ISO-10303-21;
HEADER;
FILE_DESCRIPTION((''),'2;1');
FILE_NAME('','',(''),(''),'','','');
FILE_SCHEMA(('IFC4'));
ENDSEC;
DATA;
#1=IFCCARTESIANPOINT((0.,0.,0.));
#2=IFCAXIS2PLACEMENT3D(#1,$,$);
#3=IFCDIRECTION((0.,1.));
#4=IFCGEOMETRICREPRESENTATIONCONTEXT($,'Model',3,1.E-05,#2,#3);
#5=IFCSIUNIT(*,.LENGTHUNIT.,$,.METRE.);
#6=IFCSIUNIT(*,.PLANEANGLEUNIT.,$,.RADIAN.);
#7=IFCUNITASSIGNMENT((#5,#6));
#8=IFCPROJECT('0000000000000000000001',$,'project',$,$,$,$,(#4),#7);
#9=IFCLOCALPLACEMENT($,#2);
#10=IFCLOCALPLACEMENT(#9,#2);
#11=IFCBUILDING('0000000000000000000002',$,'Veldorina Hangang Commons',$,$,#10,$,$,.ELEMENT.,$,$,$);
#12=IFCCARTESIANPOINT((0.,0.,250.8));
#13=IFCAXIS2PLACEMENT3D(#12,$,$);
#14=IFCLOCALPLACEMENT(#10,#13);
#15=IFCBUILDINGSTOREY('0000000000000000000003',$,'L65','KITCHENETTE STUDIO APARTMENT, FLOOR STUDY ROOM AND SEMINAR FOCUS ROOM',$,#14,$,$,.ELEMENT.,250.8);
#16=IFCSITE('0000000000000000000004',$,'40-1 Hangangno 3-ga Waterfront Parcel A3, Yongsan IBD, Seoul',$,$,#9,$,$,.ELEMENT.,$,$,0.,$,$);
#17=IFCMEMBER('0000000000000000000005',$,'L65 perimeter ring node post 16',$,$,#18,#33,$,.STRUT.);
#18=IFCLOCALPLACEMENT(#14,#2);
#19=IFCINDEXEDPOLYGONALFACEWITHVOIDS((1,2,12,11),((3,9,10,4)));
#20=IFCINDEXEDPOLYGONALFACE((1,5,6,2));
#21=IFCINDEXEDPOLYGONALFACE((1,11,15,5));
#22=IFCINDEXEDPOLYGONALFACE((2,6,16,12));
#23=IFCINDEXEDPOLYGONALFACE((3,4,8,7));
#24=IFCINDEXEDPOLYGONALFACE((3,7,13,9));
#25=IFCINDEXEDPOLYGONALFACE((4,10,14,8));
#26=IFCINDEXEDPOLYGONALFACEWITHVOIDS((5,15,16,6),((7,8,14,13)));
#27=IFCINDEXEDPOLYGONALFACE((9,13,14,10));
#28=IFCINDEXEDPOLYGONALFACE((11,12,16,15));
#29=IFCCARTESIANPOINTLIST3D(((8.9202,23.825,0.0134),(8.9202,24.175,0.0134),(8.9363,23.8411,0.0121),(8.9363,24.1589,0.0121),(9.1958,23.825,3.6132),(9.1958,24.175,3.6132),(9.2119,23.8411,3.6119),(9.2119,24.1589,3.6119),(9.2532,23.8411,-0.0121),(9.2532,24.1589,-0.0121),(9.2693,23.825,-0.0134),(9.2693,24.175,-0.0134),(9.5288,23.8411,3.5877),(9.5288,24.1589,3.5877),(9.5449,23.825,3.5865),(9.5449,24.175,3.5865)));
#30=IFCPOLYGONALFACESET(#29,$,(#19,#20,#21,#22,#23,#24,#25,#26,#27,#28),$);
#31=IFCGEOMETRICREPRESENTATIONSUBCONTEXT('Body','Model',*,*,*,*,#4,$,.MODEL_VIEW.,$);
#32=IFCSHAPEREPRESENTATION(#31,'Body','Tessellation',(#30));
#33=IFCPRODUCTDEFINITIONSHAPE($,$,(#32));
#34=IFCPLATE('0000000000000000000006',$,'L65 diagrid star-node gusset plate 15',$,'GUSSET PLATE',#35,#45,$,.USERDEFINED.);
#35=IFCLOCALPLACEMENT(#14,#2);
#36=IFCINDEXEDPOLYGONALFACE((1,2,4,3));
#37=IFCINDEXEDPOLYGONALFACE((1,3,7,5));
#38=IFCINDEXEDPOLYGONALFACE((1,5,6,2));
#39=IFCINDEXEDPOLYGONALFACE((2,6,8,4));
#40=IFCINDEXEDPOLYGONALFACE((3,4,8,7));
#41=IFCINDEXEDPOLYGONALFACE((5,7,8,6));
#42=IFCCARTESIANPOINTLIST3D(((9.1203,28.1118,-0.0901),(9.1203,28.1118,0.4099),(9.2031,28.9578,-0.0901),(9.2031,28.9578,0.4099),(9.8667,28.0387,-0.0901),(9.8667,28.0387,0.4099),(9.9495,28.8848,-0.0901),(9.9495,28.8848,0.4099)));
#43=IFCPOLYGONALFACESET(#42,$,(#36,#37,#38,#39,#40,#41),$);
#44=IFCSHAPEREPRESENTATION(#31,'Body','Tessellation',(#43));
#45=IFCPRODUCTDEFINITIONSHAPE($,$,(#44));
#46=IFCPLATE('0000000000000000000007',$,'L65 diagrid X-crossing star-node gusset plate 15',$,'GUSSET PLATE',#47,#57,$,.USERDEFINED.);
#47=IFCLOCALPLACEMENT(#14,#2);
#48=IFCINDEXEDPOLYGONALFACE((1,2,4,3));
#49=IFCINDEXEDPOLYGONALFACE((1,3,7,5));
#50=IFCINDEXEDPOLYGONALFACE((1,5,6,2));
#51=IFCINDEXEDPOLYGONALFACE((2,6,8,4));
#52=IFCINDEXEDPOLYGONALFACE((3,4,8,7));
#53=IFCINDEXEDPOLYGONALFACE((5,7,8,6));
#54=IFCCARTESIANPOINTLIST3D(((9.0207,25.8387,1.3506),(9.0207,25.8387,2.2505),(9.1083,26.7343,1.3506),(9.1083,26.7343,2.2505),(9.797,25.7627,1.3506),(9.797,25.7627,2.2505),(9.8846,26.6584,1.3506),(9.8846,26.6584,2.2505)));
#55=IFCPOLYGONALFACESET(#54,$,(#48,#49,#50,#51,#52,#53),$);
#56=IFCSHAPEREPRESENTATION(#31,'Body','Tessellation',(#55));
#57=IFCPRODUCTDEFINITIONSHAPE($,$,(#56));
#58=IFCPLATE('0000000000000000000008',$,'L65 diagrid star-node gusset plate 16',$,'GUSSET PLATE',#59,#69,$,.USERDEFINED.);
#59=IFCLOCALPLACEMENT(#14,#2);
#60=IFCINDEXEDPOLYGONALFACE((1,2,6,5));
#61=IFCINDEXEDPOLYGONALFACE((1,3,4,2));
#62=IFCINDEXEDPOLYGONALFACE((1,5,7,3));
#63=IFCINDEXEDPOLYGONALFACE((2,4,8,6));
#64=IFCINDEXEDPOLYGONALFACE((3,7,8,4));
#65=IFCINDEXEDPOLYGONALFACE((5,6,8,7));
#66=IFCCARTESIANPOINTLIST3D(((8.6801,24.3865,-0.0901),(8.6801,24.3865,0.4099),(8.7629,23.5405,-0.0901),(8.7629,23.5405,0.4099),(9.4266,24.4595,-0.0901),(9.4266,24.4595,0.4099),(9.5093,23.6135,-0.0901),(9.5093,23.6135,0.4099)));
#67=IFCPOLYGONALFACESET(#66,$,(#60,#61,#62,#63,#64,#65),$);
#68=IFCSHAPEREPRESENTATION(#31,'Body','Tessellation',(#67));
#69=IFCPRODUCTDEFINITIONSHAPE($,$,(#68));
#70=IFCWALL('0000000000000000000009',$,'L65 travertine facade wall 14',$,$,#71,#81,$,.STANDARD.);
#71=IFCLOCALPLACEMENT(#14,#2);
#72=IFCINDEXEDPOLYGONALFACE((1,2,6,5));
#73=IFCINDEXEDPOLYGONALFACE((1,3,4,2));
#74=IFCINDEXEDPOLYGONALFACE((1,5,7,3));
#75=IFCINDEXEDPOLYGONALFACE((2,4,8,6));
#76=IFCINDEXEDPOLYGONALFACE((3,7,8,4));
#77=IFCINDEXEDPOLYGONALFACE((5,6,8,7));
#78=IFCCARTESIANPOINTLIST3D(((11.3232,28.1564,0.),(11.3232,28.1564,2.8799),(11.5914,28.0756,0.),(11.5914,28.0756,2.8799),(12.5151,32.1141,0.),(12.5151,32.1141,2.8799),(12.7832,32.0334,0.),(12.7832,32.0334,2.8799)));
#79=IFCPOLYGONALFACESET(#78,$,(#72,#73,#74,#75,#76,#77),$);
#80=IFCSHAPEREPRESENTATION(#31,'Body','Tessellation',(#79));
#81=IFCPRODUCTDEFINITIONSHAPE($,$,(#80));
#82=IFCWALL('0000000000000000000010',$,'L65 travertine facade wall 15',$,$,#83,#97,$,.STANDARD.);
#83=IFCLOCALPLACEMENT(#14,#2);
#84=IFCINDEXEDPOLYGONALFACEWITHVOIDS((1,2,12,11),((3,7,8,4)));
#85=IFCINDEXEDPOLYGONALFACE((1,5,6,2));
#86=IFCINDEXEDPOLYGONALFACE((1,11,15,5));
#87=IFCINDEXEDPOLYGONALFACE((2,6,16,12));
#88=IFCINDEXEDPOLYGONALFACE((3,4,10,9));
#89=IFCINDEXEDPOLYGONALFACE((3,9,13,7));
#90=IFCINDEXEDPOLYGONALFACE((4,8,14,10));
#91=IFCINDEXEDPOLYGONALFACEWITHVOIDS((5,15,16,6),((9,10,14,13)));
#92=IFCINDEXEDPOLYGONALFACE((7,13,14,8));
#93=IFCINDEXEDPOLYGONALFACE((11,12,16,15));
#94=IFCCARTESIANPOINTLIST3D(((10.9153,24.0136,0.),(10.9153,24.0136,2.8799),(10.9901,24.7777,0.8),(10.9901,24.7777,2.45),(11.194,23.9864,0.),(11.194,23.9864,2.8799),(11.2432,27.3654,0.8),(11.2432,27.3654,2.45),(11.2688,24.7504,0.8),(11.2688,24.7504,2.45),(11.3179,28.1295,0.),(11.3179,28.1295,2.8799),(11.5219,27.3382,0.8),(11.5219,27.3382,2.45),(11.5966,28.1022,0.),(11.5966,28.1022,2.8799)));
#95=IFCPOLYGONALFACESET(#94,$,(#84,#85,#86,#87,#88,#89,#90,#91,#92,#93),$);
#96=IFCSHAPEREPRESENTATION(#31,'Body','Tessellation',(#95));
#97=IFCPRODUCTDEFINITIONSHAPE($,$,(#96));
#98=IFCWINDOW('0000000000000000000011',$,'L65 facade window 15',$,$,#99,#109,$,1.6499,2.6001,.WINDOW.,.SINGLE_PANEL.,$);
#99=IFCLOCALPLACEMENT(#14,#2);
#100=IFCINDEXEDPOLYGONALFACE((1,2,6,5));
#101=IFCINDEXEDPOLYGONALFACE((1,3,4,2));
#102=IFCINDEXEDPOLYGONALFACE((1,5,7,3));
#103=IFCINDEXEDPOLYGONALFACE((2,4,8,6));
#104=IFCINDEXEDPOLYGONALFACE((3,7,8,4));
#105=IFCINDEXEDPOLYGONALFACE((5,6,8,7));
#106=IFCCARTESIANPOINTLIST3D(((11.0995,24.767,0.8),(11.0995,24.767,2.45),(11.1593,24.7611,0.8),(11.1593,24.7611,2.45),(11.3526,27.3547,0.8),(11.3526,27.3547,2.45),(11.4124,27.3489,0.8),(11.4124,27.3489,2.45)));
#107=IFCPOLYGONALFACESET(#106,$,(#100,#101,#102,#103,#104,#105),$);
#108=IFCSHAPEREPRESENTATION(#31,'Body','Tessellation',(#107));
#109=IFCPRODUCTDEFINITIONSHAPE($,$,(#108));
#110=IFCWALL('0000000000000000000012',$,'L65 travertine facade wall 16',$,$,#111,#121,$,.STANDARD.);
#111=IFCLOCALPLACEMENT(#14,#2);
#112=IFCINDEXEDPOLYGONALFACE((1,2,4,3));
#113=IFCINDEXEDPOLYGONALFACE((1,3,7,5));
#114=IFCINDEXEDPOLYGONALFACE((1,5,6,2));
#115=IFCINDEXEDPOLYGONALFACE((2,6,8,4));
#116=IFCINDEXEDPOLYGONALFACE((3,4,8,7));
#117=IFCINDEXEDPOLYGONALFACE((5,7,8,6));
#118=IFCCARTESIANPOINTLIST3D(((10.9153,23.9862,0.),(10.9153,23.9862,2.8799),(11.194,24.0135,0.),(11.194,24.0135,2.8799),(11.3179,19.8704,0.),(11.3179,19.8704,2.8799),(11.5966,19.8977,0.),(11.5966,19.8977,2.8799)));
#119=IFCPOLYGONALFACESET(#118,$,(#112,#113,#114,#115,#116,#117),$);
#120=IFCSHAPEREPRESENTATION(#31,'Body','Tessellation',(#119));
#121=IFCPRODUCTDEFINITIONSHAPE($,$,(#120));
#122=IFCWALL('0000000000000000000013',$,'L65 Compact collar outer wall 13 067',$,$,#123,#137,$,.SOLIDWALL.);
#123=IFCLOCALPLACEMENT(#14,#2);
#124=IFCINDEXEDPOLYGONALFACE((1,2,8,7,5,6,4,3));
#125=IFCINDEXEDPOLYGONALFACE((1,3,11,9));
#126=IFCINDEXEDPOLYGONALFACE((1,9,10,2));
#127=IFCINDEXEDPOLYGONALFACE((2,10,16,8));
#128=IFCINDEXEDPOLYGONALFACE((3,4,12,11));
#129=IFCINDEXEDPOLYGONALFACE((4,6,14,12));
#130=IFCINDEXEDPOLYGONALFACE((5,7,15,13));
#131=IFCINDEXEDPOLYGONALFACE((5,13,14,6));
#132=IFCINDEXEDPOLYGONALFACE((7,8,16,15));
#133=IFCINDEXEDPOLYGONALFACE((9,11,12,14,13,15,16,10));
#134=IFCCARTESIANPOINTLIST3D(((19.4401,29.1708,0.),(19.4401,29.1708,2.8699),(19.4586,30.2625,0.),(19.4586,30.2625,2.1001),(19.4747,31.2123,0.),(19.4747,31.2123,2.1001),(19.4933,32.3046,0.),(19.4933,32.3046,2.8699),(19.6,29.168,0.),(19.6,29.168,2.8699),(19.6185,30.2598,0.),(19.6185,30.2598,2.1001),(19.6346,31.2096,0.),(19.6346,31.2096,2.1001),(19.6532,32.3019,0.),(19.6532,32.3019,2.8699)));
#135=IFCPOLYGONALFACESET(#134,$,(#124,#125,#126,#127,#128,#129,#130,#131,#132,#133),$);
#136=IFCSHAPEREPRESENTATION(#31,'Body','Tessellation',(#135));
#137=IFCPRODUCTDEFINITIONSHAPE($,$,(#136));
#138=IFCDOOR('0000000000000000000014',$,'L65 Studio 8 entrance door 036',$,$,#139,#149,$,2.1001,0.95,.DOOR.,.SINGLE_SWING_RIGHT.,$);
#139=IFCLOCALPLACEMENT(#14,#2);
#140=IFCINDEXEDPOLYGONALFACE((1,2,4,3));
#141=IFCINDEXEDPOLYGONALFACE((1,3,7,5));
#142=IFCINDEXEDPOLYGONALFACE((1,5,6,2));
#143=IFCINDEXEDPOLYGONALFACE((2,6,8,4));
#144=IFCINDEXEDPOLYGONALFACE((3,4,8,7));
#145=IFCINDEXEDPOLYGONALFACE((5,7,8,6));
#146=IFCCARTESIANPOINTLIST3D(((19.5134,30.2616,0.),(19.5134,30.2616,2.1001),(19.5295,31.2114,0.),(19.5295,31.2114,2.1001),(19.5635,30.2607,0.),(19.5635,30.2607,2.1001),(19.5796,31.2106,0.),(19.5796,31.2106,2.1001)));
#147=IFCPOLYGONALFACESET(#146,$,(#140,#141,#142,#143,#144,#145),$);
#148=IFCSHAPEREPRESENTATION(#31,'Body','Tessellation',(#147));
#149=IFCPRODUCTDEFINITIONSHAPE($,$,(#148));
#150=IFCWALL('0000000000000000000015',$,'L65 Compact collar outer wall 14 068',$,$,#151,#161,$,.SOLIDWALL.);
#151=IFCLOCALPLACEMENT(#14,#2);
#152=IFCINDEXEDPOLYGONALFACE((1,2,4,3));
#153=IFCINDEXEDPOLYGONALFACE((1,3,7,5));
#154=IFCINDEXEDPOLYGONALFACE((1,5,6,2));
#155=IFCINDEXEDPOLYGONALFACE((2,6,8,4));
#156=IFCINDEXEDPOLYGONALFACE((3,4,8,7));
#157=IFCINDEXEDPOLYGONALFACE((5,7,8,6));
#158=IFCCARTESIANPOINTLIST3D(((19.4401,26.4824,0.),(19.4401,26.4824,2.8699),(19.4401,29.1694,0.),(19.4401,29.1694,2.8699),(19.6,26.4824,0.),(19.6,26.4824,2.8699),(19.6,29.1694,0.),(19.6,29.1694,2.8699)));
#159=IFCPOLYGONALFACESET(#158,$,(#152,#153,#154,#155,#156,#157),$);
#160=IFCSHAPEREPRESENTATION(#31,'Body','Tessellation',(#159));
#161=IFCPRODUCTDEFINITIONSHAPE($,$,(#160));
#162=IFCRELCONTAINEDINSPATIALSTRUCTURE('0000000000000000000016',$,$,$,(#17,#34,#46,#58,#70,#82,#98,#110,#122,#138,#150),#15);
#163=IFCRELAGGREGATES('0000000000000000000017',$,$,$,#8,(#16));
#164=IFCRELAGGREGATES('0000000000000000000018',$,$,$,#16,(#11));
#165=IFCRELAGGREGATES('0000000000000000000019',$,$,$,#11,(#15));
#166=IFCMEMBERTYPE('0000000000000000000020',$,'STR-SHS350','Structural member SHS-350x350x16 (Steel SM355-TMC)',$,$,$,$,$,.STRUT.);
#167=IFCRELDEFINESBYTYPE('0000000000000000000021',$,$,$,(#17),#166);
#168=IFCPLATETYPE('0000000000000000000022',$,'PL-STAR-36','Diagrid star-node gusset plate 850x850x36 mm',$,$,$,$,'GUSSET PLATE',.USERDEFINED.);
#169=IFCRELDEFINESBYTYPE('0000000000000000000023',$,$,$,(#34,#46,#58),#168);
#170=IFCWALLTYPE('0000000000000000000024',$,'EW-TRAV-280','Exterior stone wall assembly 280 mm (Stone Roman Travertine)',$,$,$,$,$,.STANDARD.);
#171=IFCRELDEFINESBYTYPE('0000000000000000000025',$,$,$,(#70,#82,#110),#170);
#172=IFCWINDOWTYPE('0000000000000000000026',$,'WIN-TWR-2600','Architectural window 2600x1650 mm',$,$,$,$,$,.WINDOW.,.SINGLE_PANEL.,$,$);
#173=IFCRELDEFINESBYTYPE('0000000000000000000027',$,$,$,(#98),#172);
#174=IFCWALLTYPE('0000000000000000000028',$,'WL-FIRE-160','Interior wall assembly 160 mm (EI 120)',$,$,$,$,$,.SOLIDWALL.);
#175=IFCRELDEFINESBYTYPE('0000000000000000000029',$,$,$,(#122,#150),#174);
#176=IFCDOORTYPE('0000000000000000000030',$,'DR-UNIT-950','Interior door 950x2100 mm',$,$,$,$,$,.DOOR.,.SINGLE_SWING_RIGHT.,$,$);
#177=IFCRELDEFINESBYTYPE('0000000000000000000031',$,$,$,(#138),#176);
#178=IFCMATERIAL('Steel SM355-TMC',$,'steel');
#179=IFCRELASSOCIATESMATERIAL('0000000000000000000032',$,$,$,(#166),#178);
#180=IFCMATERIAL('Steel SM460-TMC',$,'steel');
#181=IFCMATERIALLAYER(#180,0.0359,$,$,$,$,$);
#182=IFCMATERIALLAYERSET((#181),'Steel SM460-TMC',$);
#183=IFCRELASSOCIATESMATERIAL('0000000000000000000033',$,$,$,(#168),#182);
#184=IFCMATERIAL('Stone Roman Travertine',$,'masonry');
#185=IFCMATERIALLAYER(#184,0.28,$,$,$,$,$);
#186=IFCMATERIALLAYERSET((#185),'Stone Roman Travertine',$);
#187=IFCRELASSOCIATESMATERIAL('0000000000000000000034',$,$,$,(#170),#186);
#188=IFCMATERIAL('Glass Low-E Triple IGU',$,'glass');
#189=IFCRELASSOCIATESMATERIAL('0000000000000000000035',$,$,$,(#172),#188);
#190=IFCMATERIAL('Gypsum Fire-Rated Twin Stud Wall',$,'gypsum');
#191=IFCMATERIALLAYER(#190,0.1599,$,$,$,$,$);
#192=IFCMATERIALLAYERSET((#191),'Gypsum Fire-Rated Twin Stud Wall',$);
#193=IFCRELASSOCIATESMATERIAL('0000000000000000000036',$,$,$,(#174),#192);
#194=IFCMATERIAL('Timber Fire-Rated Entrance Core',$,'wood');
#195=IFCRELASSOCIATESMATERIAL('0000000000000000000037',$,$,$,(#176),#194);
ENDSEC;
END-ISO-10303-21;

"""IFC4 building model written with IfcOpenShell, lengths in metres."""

from ifc_helpers import new_model, si_unit, direction, frame, frame_2d, origin, origin_2d, place, context, subcontext, project, spatial, rectangle, hollow_rectangle, extrude, material, layer, layer_set, material_profile, profile_set, type_object, element, fill, save


model = new_model("IFC4")

# Units and contexts
model_context = context("Model", 3, precision=1e-05, world=origin(), true_north=direction((0.0, 1.0)))
body_context = subcontext(model_context, "Body", "Model", "MODEL_VIEW")
ifc_project = project(units=[si_unit("LENGTHUNIT", "METRE"), si_unit("PLANEANGLEUNIT", "RADIAN")], contexts=[model_context])

# Site, building, storey
site_placement = place(None, origin())
site = spatial("IfcSite", under=ifc_project, at=site_placement, Name="40-1 Hangangno 3-ga Waterfront Parcel A3, Yongsan IBD, Seoul", CompositionType="ELEMENT", RefElevation=0.0)
building_placement = place(site_placement, origin())
building = spatial("IfcBuilding", under=site, at=building_placement, Name="Veldorina Hangang Commons", CompositionType="ELEMENT")
storey_placement = place(building_placement, frame((0.0, 0.0, 250.8)))
storey = spatial("IfcBuildingStorey", under=building, at=storey_placement, Name="L65", Description="KITCHENETTE STUDIO APARTMENT, FLOOR STUDY ROOM AND SEMINAR FOCUS ROOM", CompositionType="ELEMENT", Elevation=250.8)

# Shared definitions
ifc_material_1 = material(Name="Steel SM355-TMC", Category="steel")

# Member
ifc_material_profile_1 = material_profile(ifc_material_1, hollow_rectangle(XDim=0.3501, YDim=0.3501, WallThickness=0.0161, at=origin_2d()), Name="SHS-350x350x16")
ifc_profile_set_1 = profile_set([ifc_material_profile_1], Name="Steel SM355-TMC")
member_type_1 = type_object("IfcMemberType", Name="STR-SHS350", Description="Structural member SHS-350x350x16 (Steel SM355-TMC)", PredefinedType="STRUT", material=ifc_profile_set_1)
member_1_placement = place(storey_placement, frame((9.0947, 24.0, 0.0), z_axis=(0.076345, 0.0, 0.997081), x_axis=(0.0, 1.0, 0.0)))
element("IfcMember", 1, at=member_1_placement, inside=storey, type_object=member_type_1, Name="L65 perimeter ring node post 16", PredefinedType="STRUT", context=body_context, shape_type="SweptSolid", body=[
    extrude(hollow_rectangle(XDim=0.3501, YDim=0.3501, WallThickness=0.0161, at=origin_2d()), origin(), (0.0, 0.0, 1.0), 3.6104),
])

# Plates
ifc_material_2 = material(Name="Steel SM460-TMC", Category="steel")
ifc_layer_1 = layer(ifc_material_2, 0.0359)
ifc_layer_set_1 = layer_set([ifc_layer_1], Name="Steel SM460-TMC")
plate_type = type_object("IfcPlateType", Name="PL-STAR-36", Description="Diagrid star-node gusset plate 850x850x36 mm", ElementType="GUSSET PLATE", PredefinedType="USERDEFINED", material=ifc_layer_set_1)
plate_1_placement = place(storey_placement, frame((9.5349, 28.4983, -0.0901), z_axis=(0.0, 0.0, 1.0), x_axis=(-0.097374, -0.995248, 0.0)))
element("IfcPlate", 2, at=plate_1_placement, inside=storey, type_object=plate_type, Name="L65 diagrid star-node gusset plate 15", ObjectType="GUSSET PLATE", PredefinedType="USERDEFINED", context=body_context, shape_type="SweptSolid", body=[
    extrude(rectangle(XDim=0.8501, YDim=0.75, at=origin_2d()), origin(), (0.0, 0.0, 1.0), 0.5),
])
plate_2_placement = place(storey_placement, frame((9.4526, 26.2485, 1.3506), z_axis=(0.0, 0.0, 1.0), x_axis=(-0.097374, -0.995248, 0.0)))
element("IfcPlate", 3, at=plate_2_placement, inside=storey, type_object=plate_type, Name="L65 diagrid X-crossing star-node gusset plate 15", ObjectType="GUSSET PLATE", PredefinedType="USERDEFINED", context=body_context, shape_type="SweptSolid", body=[
    extrude(rectangle(XDim=0.8999, YDim=0.78, at=origin_2d()), origin(), (0.0, 0.0, 1.0), 0.8999),
])
plate_3_placement = place(storey_placement, frame((9.0947, 24.0, -0.0901), z_axis=(0.0, 0.0, 1.0), x_axis=(0.097374, -0.995248, 0.0)))
element("IfcPlate", 4, at=plate_3_placement, inside=storey, type_object=plate_type, Name="L65 diagrid star-node gusset plate 16", ObjectType="GUSSET PLATE", PredefinedType="USERDEFINED", context=body_context, shape_type="SweptSolid", body=[
    extrude(rectangle(XDim=0.8501, YDim=0.75, at=origin_2d()), origin(), (0.0, 0.0, 1.0), 0.5),
])

# Wall
ifc_material_3 = material(Name="Stone Roman Travertine", Category="masonry")
ifc_layer_2 = layer(ifc_material_3, 0.28)
ifc_layer_set_2 = layer_set([ifc_layer_2], Name="Stone Roman Travertine")
wall_type_1 = type_object("IfcWallType", Name="EW-TRAV-280", Description="Exterior stone wall assembly 280 mm (Stone Roman Travertine)", PredefinedType="STANDARD", material=ifc_layer_set_2)
wall_1_placement = place(storey_placement, frame((12.6492, 32.0737, 0.0), z_axis=(0.0, 0.0, 1.0), x_axis=(-0.288361, -0.957522, 0.0)))
element("IfcWall", 5, at=wall_1_placement, inside=storey, type_object=wall_type_1, Name="L65 travertine facade wall 14", PredefinedType="STANDARD", context=body_context, shape_type="SweptSolid", body=[
    extrude(rectangle(XDim=4.1333, YDim=0.28, at=frame_2d((2.0667, 0.0))), origin(), (0.0, 0.0, 1.0), 2.8799),
])

# Wall, opening, window
wall_2_placement = place(storey_placement, frame((11.4573, 28.116, 0.0), z_axis=(0.0, 0.0, 1.0), x_axis=(-0.097347, -0.995251, 0.0)))
wall_2 = element("IfcWall", 6, at=wall_2_placement, inside=storey, type_object=wall_type_1, Name="L65 travertine facade wall 15", PredefinedType="STANDARD", context=body_context, shape_type="SweptSolid", body=[
    extrude(rectangle(XDim=4.1355, YDim=0.28, at=frame_2d((2.0679, 0.0))), origin(), (0.0, 0.0, 1.0), 2.8799),
])
opening_1_placement = place(wall_2_placement, frame((0.7678, 0.0, 0.8)))
opening_1 = element("IfcOpeningElement", 7, at=opening_1_placement, cuts=wall_2, PredefinedType="OPENING", context=body_context, shape_type="SweptSolid", body=[
    extrude(rectangle(XDim=2.6001, YDim=1.6499, at=frame_2d((1.3, 0.825))), frame((0.0, 0.1499, 0.0), z_axis=(0.0, -1.0, 0.0), x_axis=(1.0, 0.0, 0.0)), (0.0, 0.0, 1.0), 0.3),
])
ifc_material_4 = material(Name="Glass Low-E Triple IGU", Category="glass")
window_type = type_object("IfcWindowType", Name="WIN-TWR-2600", Description="Architectural window 2600x1650 mm", PartitioningType="SINGLE_PANEL", PredefinedType="WINDOW", material=ifc_material_4)
window_placement = place(opening_1_placement, origin())
window = element("IfcWindow", 8, at=window_placement, inside=storey, type_object=window_type, Name="L65 facade window 15", OverallHeight=1.6499, OverallWidth=2.6001, PartitioningType="SINGLE_PANEL", PredefinedType="WINDOW", context=body_context, shape_type="SweptSolid", body=[
    extrude(rectangle(XDim=2.6001, YDim=1.6499, at=frame_2d((1.3, 0.825))), frame((0.0, 0.03, 0.0), z_axis=(0.0, -1.0, 0.0), x_axis=(1.0, 0.0, 0.0)), (0.0, 0.0, 1.0), 0.0601),
])
fill(opening_1, window)

# Wall
wall_3_placement = place(storey_placement, frame((11.0547, 24.0, 0.0), z_axis=(0.0, 0.0, 1.0), x_axis=(0.097347, -0.995251, 0.0)))
element("IfcWall", 9, at=wall_3_placement, inside=storey, type_object=wall_type_1, Name="L65 travertine facade wall 16", PredefinedType="STANDARD", context=body_context, shape_type="SweptSolid", body=[
    extrude(rectangle(XDim=4.1355, YDim=0.28, at=frame_2d((2.0679, 0.0))), origin(), (0.0, 0.0, 1.0), 2.8799),
])

# Wall, opening, door
ifc_material_5 = material(Name="Gypsum Fire-Rated Twin Stud Wall", Category="gypsum")
ifc_layer_3 = layer(ifc_material_5, 0.1599)
ifc_layer_set_3 = layer_set([ifc_layer_3], Name="Gypsum Fire-Rated Twin Stud Wall")
wall_type_2 = type_object("IfcWallType", Name="WL-FIRE-160", Description="Interior wall assembly 160 mm (EI 120)", PredefinedType="SOLIDWALL", material=ifc_layer_set_3)
wall_4_placement = place(storey_placement, frame((19.5732, 32.3032, 0.0), z_axis=(0.0, 0.0, 1.0), x_axis=(-0.016981, -0.999856, 0.0)))
wall_4 = element("IfcWall", 10, at=wall_4_placement, inside=storey, type_object=wall_type_2, Name="L65 Compact collar outer wall 13 067", PredefinedType="SOLIDWALL", context=body_context, shape_type="SweptSolid", body=[
    extrude(rectangle(XDim=3.1343, YDim=0.1599, at=frame_2d((1.5671, 0.0))), origin(), (0.0, 0.0, 1.0), 2.8699),
])
opening_2_placement = place(wall_4_placement, frame((1.0923, 0.0, 0.0)))
opening_2 = element("IfcOpeningElement", 11, at=opening_2_placement, cuts=wall_4, PredefinedType="OPENING", context=body_context, shape_type="SweptSolid", body=[
    extrude(rectangle(XDim=0.95, YDim=2.1001, at=frame_2d((0.4751, 1.05))), frame((0.0, 0.0898, 0.0), z_axis=(0.0, -1.0, 0.0), x_axis=(1.0, 0.0, 0.0)), (0.0, 0.0, 1.0), 0.1799),
])
ifc_material_6 = material(Name="Timber Fire-Rated Entrance Core", Category="wood")
door_type_1 = type_object("IfcDoorType", Name="DR-UNIT-950", Description="Interior door 950x2100 mm", OperationType="SINGLE_SWING_RIGHT", PredefinedType="DOOR", material=ifc_material_6)
door_1_placement = place(opening_2_placement, origin())
door_1 = element("IfcDoor", 12, at=door_1_placement, inside=storey, type_object=door_type_1, Name="L65 Studio 8 entrance door 036", OperationType="SINGLE_SWING_RIGHT", OverallHeight=2.1001, OverallWidth=0.95, PredefinedType="DOOR", context=body_context, shape_type="SweptSolid", body=[
    extrude(rectangle(XDim=0.95, YDim=2.1001, at=frame_2d((0.4751, 1.05))), frame((0.0, 0.0249, 0.0), z_axis=(0.0, -1.0, 0.0), x_axis=(1.0, 0.0, 0.0)), (0.0, 0.0, 1.0), 0.05),
])
fill(opening_2, door_1)

# Wall
wall_5_placement = place(storey_placement, frame((19.52, 29.1694, 0.0), z_axis=(0.0, 0.0, 1.0), x_axis=(0.0, -1.0, 0.0)))
element("IfcWall", 13, at=wall_5_placement, inside=storey, type_object=wall_type_2, Name="L65 Compact collar outer wall 14 068", PredefinedType="SOLIDWALL", context=body_context, shape_type="SweptSolid", body=[
    extrude(rectangle(XDim=2.687, YDim=0.1599, at=frame_2d((1.3435, 0.0))), origin(), (0.0, 0.0, 1.0), 2.8699),
])

save(model, "model.ifc")
